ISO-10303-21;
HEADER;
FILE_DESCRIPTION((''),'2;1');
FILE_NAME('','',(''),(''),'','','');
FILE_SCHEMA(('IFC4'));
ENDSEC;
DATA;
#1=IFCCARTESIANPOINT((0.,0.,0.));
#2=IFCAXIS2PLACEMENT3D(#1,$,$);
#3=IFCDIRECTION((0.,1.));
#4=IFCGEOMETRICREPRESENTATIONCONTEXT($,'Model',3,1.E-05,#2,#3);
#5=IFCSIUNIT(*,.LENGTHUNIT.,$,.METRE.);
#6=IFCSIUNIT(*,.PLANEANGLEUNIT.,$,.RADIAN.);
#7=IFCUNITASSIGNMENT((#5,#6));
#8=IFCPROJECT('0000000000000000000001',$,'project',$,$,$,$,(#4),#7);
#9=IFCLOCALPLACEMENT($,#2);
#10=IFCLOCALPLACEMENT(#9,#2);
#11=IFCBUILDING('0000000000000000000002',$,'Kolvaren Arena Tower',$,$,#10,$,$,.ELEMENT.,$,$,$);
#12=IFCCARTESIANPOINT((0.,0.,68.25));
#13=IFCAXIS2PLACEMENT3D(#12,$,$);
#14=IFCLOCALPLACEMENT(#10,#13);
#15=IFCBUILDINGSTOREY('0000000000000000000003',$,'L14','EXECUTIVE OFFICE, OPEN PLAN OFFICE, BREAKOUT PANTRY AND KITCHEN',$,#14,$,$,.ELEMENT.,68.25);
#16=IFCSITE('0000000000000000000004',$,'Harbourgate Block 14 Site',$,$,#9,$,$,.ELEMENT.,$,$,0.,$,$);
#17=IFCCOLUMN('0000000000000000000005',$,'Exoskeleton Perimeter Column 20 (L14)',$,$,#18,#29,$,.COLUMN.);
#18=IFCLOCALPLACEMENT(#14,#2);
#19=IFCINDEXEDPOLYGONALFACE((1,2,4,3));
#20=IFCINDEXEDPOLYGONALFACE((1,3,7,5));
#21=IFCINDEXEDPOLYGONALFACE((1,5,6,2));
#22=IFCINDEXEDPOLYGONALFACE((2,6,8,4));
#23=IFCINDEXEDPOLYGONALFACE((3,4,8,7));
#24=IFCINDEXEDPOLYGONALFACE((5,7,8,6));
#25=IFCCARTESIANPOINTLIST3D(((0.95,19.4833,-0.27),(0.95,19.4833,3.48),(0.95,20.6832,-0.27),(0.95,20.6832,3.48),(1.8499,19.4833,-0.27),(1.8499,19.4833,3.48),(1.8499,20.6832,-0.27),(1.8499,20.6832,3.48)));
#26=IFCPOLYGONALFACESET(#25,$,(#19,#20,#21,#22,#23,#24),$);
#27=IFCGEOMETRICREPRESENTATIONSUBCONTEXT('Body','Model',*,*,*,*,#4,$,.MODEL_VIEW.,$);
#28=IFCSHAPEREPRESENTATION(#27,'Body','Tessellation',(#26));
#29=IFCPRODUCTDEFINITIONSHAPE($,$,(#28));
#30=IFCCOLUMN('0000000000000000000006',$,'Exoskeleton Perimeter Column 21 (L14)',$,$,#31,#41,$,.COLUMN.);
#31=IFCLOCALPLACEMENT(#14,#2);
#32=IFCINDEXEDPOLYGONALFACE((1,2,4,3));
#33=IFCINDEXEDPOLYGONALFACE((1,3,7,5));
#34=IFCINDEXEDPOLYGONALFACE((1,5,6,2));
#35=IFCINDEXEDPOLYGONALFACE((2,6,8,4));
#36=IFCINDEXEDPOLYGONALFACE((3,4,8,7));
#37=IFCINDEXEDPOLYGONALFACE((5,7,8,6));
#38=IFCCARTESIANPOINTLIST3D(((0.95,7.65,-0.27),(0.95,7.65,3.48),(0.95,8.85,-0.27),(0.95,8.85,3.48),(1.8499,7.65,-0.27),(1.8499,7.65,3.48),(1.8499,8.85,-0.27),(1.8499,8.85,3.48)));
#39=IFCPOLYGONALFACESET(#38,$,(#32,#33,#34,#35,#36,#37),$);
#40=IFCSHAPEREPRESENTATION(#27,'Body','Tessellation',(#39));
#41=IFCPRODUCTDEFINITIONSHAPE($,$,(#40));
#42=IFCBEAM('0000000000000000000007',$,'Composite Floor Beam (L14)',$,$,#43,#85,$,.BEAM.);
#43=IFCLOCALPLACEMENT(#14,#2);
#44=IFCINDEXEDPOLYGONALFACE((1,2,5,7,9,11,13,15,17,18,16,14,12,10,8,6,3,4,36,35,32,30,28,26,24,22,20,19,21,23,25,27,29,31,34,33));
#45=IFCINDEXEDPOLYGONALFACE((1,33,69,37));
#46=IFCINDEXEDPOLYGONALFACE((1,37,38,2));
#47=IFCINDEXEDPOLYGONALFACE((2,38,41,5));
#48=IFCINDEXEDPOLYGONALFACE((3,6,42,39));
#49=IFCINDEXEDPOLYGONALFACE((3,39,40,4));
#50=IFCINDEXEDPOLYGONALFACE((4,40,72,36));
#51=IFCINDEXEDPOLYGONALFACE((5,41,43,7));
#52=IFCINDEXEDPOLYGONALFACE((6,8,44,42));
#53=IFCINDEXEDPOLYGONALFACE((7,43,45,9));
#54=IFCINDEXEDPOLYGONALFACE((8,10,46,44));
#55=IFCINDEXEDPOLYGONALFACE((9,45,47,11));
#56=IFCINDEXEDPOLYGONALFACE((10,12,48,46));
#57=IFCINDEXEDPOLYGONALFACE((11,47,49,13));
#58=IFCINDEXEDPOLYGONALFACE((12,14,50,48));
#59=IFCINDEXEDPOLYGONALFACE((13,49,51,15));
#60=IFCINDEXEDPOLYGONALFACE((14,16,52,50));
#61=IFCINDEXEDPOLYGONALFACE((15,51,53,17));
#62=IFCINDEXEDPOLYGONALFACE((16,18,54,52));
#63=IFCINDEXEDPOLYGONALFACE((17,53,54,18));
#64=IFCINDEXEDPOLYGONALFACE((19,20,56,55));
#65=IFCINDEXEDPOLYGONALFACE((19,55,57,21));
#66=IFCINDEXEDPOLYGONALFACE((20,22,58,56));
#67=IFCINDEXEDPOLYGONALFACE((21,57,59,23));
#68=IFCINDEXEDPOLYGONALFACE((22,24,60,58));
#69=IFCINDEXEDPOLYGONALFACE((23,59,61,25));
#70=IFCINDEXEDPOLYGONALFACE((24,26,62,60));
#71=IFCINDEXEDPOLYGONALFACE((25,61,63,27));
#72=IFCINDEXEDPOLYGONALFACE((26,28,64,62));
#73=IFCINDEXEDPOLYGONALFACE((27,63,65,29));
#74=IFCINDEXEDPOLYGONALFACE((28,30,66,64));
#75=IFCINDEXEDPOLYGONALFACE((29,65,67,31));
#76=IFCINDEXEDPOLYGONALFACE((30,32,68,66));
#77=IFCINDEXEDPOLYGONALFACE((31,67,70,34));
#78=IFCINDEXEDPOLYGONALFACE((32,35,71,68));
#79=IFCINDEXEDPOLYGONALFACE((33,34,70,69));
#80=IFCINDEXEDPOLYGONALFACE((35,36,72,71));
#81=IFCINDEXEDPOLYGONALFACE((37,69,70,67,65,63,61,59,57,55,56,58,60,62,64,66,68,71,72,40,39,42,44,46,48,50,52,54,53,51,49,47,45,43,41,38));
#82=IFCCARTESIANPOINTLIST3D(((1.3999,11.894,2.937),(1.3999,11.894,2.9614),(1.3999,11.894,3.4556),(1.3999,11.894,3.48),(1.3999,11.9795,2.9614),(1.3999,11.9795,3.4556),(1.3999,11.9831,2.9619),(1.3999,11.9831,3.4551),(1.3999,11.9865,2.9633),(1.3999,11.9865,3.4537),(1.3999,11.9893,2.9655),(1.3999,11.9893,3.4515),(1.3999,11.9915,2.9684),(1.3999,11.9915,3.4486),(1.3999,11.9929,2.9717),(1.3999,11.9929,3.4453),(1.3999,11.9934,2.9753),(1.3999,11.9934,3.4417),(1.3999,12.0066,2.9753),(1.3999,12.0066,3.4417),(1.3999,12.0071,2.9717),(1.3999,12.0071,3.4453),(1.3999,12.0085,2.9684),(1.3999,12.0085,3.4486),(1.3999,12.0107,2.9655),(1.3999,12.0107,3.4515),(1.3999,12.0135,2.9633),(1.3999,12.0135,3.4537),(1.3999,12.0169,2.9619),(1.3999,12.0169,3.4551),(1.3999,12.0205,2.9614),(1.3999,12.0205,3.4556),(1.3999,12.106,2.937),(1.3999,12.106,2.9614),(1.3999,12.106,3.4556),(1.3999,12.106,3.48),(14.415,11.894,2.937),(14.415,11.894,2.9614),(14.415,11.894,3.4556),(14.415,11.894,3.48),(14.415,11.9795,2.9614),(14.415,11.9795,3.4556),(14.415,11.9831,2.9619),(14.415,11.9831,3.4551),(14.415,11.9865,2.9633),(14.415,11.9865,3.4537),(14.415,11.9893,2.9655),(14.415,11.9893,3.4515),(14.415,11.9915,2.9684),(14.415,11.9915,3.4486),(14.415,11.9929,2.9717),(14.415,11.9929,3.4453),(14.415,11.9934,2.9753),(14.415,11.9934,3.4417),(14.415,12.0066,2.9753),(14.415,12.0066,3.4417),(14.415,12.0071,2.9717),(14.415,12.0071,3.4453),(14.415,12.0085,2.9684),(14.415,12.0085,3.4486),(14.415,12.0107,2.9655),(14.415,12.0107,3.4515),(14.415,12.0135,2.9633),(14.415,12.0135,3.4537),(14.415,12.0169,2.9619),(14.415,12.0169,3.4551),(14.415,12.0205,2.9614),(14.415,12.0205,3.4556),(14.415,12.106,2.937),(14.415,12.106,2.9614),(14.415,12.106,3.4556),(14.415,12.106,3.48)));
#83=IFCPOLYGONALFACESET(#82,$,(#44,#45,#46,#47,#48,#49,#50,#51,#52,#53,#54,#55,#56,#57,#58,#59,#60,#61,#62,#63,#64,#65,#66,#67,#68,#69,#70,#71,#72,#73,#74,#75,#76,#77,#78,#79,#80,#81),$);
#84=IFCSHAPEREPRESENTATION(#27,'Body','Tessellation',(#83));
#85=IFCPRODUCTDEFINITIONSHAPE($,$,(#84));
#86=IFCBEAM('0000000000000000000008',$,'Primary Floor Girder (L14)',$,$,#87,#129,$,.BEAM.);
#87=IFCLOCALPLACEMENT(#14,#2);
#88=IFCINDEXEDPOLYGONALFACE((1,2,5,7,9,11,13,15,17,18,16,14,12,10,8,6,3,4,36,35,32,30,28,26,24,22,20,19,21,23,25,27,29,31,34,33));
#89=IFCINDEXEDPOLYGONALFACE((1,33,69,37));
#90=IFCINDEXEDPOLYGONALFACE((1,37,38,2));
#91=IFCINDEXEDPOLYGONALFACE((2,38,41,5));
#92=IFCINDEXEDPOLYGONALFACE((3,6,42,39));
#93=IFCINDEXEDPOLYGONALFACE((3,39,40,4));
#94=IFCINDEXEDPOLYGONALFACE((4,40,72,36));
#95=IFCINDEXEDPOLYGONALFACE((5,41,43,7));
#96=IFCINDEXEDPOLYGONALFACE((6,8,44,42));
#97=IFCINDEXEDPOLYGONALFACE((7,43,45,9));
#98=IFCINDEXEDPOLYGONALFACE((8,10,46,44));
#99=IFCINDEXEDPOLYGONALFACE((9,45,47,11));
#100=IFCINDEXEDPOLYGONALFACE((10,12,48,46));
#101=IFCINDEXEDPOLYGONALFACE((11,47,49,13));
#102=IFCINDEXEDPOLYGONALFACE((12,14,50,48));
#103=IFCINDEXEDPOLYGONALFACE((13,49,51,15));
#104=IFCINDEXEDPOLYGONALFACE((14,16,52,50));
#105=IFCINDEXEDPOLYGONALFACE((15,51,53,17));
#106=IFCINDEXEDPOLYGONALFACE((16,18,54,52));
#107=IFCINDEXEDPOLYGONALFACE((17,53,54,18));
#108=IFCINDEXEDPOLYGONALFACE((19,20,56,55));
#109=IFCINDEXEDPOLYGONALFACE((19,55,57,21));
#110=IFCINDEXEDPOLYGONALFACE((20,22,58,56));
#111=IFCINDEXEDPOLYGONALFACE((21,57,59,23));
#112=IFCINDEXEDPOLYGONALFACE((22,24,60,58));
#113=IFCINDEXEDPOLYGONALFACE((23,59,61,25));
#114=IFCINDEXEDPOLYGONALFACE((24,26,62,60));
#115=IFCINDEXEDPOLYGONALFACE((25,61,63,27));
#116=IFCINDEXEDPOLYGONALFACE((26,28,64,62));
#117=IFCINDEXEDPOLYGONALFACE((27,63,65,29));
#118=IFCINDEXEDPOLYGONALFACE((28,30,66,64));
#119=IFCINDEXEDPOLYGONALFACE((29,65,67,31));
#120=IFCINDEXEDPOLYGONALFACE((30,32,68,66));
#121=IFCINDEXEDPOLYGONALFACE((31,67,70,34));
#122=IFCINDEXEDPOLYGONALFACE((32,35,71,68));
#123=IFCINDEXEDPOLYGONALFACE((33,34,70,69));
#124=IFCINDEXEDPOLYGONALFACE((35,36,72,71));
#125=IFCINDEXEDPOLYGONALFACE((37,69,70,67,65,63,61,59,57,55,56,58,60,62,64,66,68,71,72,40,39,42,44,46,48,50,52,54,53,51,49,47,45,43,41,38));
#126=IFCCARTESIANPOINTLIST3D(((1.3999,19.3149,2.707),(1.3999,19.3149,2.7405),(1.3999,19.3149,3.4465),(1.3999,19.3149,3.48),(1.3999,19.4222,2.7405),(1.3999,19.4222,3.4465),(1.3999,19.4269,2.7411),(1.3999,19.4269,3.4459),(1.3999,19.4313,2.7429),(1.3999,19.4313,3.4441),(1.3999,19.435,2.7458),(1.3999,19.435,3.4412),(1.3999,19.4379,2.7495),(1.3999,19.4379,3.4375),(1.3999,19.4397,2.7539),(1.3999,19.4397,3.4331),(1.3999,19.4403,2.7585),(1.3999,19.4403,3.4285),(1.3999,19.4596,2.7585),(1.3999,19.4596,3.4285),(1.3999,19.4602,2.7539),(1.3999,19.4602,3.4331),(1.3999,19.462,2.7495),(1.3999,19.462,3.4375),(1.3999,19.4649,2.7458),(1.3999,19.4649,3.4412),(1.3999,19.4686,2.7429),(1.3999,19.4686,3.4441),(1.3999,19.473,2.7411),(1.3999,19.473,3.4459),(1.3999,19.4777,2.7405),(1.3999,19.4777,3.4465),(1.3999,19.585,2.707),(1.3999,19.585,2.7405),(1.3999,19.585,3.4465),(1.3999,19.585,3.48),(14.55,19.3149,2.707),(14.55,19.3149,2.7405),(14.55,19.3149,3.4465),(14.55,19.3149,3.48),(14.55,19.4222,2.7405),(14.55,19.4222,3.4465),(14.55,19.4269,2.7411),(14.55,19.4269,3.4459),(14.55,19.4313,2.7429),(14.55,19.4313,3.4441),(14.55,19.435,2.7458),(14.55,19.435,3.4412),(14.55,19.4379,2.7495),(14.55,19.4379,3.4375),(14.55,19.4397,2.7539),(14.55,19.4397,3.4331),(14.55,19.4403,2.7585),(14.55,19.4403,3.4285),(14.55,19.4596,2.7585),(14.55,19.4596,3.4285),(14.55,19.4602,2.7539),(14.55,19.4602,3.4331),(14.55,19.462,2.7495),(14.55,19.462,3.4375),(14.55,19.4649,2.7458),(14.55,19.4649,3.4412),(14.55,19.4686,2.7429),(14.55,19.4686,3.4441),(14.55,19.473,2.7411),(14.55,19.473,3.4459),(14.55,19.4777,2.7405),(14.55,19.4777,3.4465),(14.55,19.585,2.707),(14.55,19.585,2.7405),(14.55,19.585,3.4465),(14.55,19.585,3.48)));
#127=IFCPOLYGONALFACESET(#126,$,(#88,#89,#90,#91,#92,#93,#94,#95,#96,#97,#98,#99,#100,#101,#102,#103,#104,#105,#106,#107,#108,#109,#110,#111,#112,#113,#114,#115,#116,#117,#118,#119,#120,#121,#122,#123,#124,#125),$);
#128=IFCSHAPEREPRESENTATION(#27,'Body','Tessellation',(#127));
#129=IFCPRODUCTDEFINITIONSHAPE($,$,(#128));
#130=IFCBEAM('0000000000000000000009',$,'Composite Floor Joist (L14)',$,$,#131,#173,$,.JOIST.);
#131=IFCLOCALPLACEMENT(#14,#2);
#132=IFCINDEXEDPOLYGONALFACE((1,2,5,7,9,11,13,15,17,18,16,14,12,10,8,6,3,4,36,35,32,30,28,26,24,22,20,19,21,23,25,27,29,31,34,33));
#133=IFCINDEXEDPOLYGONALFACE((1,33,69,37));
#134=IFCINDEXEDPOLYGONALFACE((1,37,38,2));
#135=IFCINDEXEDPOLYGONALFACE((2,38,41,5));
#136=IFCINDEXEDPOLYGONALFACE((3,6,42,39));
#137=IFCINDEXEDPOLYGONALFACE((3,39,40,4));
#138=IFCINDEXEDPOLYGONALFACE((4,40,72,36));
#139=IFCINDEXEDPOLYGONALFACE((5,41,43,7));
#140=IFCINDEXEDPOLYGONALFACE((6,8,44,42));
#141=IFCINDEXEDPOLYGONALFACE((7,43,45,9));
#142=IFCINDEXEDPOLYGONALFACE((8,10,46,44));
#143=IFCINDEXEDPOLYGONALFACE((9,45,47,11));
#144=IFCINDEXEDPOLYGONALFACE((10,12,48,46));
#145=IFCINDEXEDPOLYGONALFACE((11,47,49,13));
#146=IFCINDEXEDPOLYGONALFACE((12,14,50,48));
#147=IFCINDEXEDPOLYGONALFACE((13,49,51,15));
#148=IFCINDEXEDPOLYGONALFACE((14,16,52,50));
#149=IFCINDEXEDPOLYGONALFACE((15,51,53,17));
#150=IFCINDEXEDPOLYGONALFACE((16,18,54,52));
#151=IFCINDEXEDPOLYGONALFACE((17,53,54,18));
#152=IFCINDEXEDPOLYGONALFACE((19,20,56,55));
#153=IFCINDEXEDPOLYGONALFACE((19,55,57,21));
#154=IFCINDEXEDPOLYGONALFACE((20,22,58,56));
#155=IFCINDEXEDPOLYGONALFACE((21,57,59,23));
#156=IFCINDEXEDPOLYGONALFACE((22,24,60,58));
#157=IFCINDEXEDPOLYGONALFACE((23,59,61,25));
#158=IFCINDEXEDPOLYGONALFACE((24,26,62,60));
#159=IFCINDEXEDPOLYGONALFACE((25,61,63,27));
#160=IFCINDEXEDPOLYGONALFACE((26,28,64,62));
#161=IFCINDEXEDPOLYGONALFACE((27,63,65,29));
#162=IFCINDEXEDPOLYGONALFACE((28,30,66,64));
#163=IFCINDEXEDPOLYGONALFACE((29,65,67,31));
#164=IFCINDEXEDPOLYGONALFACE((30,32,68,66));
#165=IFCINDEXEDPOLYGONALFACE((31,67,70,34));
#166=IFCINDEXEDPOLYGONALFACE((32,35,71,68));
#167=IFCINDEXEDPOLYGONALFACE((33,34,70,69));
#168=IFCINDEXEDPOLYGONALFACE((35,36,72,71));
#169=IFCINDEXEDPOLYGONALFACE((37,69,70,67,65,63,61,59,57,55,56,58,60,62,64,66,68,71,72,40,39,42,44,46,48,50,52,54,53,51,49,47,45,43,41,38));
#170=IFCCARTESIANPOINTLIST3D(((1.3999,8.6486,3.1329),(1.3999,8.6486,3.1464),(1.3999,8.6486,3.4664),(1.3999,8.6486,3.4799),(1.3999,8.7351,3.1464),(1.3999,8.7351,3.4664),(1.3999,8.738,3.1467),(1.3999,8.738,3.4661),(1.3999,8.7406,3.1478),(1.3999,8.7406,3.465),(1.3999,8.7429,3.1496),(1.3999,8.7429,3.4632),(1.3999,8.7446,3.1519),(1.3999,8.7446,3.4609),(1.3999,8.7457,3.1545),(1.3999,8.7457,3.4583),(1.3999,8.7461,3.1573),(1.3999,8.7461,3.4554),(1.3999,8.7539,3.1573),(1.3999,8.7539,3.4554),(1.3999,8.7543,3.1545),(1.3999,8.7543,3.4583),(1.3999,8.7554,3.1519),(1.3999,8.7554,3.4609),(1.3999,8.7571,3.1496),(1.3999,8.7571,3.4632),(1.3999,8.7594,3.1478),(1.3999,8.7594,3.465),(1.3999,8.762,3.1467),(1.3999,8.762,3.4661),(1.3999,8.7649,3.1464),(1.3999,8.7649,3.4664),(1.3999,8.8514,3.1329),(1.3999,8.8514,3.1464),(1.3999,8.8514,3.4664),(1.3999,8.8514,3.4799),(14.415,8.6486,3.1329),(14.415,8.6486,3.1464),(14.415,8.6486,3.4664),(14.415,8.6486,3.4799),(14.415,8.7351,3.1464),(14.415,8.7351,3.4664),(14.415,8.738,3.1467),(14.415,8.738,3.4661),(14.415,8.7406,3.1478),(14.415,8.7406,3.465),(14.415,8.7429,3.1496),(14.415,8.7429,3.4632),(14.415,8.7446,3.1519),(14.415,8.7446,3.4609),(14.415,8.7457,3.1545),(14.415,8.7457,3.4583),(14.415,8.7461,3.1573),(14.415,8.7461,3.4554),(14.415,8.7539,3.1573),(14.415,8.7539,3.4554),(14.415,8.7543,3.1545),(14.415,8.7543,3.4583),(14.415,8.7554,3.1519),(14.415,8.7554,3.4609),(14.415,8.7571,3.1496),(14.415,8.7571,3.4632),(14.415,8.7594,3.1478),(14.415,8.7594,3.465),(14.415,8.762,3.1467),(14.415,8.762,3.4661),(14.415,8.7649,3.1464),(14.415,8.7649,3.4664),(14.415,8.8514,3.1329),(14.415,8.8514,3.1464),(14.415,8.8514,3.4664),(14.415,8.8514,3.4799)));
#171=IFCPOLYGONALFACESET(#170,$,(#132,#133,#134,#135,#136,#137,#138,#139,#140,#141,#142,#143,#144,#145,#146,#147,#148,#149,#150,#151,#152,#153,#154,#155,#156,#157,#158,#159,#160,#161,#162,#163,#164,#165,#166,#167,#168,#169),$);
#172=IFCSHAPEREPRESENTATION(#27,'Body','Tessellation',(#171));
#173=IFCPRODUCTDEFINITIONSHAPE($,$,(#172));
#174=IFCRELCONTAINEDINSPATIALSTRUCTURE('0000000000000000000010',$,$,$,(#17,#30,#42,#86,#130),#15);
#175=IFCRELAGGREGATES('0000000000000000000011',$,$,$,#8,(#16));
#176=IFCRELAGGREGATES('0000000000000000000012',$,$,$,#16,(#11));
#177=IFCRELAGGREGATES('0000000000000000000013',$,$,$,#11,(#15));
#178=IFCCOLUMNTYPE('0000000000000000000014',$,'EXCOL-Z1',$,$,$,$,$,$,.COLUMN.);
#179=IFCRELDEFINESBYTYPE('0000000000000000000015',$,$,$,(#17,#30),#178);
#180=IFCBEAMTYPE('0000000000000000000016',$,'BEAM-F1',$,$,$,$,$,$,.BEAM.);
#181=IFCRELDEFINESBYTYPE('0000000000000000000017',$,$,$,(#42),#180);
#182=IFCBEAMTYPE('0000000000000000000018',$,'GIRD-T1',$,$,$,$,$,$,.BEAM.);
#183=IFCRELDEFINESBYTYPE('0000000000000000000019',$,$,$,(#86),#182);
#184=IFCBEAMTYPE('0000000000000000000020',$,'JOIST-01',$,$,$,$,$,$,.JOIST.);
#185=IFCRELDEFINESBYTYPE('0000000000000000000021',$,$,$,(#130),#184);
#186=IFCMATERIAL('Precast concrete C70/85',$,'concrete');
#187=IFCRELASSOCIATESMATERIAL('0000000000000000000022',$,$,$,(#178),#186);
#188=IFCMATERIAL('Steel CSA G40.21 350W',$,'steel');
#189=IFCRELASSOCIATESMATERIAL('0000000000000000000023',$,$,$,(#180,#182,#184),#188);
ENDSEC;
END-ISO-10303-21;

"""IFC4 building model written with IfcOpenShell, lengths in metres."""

from ifc_helpers import new_model, si_unit, direction, frame, origin, origin_2d, place, context, subcontext, project, spatial, rectangle, i_section, extrude, material, material_profile, profile_set, type_object, element, save


model = new_model("IFC4")

# Units and contexts
model_context = context("Model", 3, precision=1e-05, world=origin(), true_north=direction((0.0, 1.0)))
body_context = subcontext(model_context, "Body", "Model", "MODEL_VIEW")
ifc_project = project(units=[si_unit("LENGTHUNIT", "METRE"), si_unit("PLANEANGLEUNIT", "RADIAN")], contexts=[model_context])

# Site, building, storey
site_placement = place(None, origin())
site = spatial("IfcSite", under=ifc_project, at=site_placement, Name="Harbourgate Block 14 Site", CompositionType="ELEMENT", RefElevation=0.0)
building_placement = place(site_placement, origin())
building = spatial("IfcBuilding", under=site, at=building_placement, Name="Kolvaren Arena Tower", CompositionType="ELEMENT")
storey_placement = place(building_placement, frame((0.0, 0.0, 68.25)))
storey = spatial("IfcBuildingStorey", under=building, at=storey_placement, Name="L14", Description="EXECUTIVE OFFICE, OPEN PLAN OFFICE, BREAKOUT PANTRY AND KITCHEN", CompositionType="ELEMENT", Elevation=68.25)

# Columns
ifc_material_1 = material(Name="Precast concrete C70/85", Category="concrete")
ifc_material_profile_1 = material_profile(ifc_material_1, rectangle(XDim=1.2, YDim=0.8999, at=origin_2d()), Name="RC-1200x900")
ifc_profile_set_1 = profile_set([ifc_material_profile_1], Name="Precast concrete C70/85")
column_type = type_object("IfcColumnType", Name="EXCOL-Z1", PredefinedType="COLUMN", material=ifc_profile_set_1)
for number, where, z_axis, x_axis, name in (
    (1, (1.3999, 20.0833, -0.27), (0.0, 0.0, 1.0), (0.0, 1.0, 0.0), "Exoskeleton Perimeter Column 20 (L14)"),
    (2, (1.3999, 8.25, -0.27), (0.0, 0.0, 1.0), (0.0, 1.0, 0.0), "Exoskeleton Perimeter Column 21 (L14)"),
):
    element("IfcColumn", number, at=place(storey_placement, frame(where, z_axis=z_axis, x_axis=x_axis)), inside=storey, type_object=column_type, Name=name, PredefinedType="COLUMN", context=body_context, shape_type="SweptSolid", body=[
        extrude(rectangle(XDim=1.2, YDim=0.8999, at=origin_2d()), origin(), (0.0, 0.0, 1.0), 3.75),
    ])

# Beams
ifc_material_2 = material(Name="Steel CSA G40.21 350W", Category="steel")
ifc_material_profile_2 = material_profile(ifc_material_2, i_section(OverallWidth=0.2119, OverallDepth=0.543, WebThickness=0.0132, FlangeThickness=0.0244, FilletRadius=0.0139, at=origin_2d()), Name="W530x150")
ifc_profile_set_2 = profile_set([ifc_material_profile_2], Name="Steel CSA G40.21 350W")
beam_type_1 = type_object("IfcBeamType", Name="BEAM-F1", PredefinedType="BEAM", material=ifc_profile_set_2)
beam_1_placement = place(storey_placement, frame((1.3999, 12.0, 3.2085), z_axis=(1.0, 0.0, 0.0), x_axis=(0.0, 1.0, 0.0)))
element("IfcBeam", 3, at=beam_1_placement, inside=storey, type_object=beam_type_1, Name="Composite Floor Beam (L14)", PredefinedType="BEAM", context=body_context, shape_type="SweptSolid", body=[
    extrude(i_section(OverallWidth=0.2119, OverallDepth=0.543, WebThickness=0.0132, FlangeThickness=0.0244, FilletRadius=0.0139, at=origin_2d()), origin(), (0.0, 0.0, 1.0), 13.0151),
])
ifc_material_profile_3 = material_profile(ifc_material_2, i_section(OverallWidth=0.27, OverallDepth=0.7729, WebThickness=0.0193, FlangeThickness=0.0334, FilletRadius=0.0181, at=origin_2d()), Name="W760x257")
ifc_profile_set_3 = profile_set([ifc_material_profile_3], Name="Steel CSA G40.21 350W")
beam_type_2 = type_object("IfcBeamType", Name="GIRD-T1", PredefinedType="BEAM", material=ifc_profile_set_3)
beam_2_placement = place(storey_placement, frame((1.3999, 19.45, 3.0935), z_axis=(1.0, 0.0, 0.0), x_axis=(0.0, 1.0, 0.0)))
element("IfcBeam", 4, at=beam_2_placement, inside=storey, type_object=beam_type_2, Name="Primary Floor Girder (L14)", PredefinedType="BEAM", context=body_context, shape_type="SweptSolid", body=[
    extrude(i_section(OverallWidth=0.27, OverallDepth=0.7729, WebThickness=0.0193, FlangeThickness=0.0334, FilletRadius=0.0181, at=origin_2d()), origin(), (0.0, 0.0, 1.0), 13.1501),
])
ifc_material_profile_4 = material_profile(ifc_material_2, i_section(OverallWidth=0.2029, OverallDepth=0.3469, WebThickness=0.0078, FlangeThickness=0.0134, FilletRadius=0.011, at=origin_2d()), Name="W360x64")
ifc_profile_set_4 = profile_set([ifc_material_profile_4], Name="Steel CSA G40.21 350W")
beam_type_3 = type_object("IfcBeamType", Name="JOIST-01", PredefinedType="JOIST", material=ifc_profile_set_4)
for number, where, z_axis, x_axis, name in (
    (5, (1.3999, 8.75, 3.3064), (1.0, 0.0, 0.0), (0.0, 1.0, 0.0), "Composite Floor Joist (L14)"),
):
    element("IfcBeam", number, at=place(storey_placement, frame(where, z_axis=z_axis, x_axis=x_axis)), inside=storey, type_object=beam_type_3, Name=name, PredefinedType="JOIST", context=body_context, shape_type="SweptSolid", body=[
        extrude(i_section(OverallWidth=0.2029, OverallDepth=0.3469, WebThickness=0.0078, FlangeThickness=0.0134, FilletRadius=0.011, at=origin_2d()), origin(), (0.0, 0.0, 1.0), 13.0151),
    ])

save(model, "model.ifc")
